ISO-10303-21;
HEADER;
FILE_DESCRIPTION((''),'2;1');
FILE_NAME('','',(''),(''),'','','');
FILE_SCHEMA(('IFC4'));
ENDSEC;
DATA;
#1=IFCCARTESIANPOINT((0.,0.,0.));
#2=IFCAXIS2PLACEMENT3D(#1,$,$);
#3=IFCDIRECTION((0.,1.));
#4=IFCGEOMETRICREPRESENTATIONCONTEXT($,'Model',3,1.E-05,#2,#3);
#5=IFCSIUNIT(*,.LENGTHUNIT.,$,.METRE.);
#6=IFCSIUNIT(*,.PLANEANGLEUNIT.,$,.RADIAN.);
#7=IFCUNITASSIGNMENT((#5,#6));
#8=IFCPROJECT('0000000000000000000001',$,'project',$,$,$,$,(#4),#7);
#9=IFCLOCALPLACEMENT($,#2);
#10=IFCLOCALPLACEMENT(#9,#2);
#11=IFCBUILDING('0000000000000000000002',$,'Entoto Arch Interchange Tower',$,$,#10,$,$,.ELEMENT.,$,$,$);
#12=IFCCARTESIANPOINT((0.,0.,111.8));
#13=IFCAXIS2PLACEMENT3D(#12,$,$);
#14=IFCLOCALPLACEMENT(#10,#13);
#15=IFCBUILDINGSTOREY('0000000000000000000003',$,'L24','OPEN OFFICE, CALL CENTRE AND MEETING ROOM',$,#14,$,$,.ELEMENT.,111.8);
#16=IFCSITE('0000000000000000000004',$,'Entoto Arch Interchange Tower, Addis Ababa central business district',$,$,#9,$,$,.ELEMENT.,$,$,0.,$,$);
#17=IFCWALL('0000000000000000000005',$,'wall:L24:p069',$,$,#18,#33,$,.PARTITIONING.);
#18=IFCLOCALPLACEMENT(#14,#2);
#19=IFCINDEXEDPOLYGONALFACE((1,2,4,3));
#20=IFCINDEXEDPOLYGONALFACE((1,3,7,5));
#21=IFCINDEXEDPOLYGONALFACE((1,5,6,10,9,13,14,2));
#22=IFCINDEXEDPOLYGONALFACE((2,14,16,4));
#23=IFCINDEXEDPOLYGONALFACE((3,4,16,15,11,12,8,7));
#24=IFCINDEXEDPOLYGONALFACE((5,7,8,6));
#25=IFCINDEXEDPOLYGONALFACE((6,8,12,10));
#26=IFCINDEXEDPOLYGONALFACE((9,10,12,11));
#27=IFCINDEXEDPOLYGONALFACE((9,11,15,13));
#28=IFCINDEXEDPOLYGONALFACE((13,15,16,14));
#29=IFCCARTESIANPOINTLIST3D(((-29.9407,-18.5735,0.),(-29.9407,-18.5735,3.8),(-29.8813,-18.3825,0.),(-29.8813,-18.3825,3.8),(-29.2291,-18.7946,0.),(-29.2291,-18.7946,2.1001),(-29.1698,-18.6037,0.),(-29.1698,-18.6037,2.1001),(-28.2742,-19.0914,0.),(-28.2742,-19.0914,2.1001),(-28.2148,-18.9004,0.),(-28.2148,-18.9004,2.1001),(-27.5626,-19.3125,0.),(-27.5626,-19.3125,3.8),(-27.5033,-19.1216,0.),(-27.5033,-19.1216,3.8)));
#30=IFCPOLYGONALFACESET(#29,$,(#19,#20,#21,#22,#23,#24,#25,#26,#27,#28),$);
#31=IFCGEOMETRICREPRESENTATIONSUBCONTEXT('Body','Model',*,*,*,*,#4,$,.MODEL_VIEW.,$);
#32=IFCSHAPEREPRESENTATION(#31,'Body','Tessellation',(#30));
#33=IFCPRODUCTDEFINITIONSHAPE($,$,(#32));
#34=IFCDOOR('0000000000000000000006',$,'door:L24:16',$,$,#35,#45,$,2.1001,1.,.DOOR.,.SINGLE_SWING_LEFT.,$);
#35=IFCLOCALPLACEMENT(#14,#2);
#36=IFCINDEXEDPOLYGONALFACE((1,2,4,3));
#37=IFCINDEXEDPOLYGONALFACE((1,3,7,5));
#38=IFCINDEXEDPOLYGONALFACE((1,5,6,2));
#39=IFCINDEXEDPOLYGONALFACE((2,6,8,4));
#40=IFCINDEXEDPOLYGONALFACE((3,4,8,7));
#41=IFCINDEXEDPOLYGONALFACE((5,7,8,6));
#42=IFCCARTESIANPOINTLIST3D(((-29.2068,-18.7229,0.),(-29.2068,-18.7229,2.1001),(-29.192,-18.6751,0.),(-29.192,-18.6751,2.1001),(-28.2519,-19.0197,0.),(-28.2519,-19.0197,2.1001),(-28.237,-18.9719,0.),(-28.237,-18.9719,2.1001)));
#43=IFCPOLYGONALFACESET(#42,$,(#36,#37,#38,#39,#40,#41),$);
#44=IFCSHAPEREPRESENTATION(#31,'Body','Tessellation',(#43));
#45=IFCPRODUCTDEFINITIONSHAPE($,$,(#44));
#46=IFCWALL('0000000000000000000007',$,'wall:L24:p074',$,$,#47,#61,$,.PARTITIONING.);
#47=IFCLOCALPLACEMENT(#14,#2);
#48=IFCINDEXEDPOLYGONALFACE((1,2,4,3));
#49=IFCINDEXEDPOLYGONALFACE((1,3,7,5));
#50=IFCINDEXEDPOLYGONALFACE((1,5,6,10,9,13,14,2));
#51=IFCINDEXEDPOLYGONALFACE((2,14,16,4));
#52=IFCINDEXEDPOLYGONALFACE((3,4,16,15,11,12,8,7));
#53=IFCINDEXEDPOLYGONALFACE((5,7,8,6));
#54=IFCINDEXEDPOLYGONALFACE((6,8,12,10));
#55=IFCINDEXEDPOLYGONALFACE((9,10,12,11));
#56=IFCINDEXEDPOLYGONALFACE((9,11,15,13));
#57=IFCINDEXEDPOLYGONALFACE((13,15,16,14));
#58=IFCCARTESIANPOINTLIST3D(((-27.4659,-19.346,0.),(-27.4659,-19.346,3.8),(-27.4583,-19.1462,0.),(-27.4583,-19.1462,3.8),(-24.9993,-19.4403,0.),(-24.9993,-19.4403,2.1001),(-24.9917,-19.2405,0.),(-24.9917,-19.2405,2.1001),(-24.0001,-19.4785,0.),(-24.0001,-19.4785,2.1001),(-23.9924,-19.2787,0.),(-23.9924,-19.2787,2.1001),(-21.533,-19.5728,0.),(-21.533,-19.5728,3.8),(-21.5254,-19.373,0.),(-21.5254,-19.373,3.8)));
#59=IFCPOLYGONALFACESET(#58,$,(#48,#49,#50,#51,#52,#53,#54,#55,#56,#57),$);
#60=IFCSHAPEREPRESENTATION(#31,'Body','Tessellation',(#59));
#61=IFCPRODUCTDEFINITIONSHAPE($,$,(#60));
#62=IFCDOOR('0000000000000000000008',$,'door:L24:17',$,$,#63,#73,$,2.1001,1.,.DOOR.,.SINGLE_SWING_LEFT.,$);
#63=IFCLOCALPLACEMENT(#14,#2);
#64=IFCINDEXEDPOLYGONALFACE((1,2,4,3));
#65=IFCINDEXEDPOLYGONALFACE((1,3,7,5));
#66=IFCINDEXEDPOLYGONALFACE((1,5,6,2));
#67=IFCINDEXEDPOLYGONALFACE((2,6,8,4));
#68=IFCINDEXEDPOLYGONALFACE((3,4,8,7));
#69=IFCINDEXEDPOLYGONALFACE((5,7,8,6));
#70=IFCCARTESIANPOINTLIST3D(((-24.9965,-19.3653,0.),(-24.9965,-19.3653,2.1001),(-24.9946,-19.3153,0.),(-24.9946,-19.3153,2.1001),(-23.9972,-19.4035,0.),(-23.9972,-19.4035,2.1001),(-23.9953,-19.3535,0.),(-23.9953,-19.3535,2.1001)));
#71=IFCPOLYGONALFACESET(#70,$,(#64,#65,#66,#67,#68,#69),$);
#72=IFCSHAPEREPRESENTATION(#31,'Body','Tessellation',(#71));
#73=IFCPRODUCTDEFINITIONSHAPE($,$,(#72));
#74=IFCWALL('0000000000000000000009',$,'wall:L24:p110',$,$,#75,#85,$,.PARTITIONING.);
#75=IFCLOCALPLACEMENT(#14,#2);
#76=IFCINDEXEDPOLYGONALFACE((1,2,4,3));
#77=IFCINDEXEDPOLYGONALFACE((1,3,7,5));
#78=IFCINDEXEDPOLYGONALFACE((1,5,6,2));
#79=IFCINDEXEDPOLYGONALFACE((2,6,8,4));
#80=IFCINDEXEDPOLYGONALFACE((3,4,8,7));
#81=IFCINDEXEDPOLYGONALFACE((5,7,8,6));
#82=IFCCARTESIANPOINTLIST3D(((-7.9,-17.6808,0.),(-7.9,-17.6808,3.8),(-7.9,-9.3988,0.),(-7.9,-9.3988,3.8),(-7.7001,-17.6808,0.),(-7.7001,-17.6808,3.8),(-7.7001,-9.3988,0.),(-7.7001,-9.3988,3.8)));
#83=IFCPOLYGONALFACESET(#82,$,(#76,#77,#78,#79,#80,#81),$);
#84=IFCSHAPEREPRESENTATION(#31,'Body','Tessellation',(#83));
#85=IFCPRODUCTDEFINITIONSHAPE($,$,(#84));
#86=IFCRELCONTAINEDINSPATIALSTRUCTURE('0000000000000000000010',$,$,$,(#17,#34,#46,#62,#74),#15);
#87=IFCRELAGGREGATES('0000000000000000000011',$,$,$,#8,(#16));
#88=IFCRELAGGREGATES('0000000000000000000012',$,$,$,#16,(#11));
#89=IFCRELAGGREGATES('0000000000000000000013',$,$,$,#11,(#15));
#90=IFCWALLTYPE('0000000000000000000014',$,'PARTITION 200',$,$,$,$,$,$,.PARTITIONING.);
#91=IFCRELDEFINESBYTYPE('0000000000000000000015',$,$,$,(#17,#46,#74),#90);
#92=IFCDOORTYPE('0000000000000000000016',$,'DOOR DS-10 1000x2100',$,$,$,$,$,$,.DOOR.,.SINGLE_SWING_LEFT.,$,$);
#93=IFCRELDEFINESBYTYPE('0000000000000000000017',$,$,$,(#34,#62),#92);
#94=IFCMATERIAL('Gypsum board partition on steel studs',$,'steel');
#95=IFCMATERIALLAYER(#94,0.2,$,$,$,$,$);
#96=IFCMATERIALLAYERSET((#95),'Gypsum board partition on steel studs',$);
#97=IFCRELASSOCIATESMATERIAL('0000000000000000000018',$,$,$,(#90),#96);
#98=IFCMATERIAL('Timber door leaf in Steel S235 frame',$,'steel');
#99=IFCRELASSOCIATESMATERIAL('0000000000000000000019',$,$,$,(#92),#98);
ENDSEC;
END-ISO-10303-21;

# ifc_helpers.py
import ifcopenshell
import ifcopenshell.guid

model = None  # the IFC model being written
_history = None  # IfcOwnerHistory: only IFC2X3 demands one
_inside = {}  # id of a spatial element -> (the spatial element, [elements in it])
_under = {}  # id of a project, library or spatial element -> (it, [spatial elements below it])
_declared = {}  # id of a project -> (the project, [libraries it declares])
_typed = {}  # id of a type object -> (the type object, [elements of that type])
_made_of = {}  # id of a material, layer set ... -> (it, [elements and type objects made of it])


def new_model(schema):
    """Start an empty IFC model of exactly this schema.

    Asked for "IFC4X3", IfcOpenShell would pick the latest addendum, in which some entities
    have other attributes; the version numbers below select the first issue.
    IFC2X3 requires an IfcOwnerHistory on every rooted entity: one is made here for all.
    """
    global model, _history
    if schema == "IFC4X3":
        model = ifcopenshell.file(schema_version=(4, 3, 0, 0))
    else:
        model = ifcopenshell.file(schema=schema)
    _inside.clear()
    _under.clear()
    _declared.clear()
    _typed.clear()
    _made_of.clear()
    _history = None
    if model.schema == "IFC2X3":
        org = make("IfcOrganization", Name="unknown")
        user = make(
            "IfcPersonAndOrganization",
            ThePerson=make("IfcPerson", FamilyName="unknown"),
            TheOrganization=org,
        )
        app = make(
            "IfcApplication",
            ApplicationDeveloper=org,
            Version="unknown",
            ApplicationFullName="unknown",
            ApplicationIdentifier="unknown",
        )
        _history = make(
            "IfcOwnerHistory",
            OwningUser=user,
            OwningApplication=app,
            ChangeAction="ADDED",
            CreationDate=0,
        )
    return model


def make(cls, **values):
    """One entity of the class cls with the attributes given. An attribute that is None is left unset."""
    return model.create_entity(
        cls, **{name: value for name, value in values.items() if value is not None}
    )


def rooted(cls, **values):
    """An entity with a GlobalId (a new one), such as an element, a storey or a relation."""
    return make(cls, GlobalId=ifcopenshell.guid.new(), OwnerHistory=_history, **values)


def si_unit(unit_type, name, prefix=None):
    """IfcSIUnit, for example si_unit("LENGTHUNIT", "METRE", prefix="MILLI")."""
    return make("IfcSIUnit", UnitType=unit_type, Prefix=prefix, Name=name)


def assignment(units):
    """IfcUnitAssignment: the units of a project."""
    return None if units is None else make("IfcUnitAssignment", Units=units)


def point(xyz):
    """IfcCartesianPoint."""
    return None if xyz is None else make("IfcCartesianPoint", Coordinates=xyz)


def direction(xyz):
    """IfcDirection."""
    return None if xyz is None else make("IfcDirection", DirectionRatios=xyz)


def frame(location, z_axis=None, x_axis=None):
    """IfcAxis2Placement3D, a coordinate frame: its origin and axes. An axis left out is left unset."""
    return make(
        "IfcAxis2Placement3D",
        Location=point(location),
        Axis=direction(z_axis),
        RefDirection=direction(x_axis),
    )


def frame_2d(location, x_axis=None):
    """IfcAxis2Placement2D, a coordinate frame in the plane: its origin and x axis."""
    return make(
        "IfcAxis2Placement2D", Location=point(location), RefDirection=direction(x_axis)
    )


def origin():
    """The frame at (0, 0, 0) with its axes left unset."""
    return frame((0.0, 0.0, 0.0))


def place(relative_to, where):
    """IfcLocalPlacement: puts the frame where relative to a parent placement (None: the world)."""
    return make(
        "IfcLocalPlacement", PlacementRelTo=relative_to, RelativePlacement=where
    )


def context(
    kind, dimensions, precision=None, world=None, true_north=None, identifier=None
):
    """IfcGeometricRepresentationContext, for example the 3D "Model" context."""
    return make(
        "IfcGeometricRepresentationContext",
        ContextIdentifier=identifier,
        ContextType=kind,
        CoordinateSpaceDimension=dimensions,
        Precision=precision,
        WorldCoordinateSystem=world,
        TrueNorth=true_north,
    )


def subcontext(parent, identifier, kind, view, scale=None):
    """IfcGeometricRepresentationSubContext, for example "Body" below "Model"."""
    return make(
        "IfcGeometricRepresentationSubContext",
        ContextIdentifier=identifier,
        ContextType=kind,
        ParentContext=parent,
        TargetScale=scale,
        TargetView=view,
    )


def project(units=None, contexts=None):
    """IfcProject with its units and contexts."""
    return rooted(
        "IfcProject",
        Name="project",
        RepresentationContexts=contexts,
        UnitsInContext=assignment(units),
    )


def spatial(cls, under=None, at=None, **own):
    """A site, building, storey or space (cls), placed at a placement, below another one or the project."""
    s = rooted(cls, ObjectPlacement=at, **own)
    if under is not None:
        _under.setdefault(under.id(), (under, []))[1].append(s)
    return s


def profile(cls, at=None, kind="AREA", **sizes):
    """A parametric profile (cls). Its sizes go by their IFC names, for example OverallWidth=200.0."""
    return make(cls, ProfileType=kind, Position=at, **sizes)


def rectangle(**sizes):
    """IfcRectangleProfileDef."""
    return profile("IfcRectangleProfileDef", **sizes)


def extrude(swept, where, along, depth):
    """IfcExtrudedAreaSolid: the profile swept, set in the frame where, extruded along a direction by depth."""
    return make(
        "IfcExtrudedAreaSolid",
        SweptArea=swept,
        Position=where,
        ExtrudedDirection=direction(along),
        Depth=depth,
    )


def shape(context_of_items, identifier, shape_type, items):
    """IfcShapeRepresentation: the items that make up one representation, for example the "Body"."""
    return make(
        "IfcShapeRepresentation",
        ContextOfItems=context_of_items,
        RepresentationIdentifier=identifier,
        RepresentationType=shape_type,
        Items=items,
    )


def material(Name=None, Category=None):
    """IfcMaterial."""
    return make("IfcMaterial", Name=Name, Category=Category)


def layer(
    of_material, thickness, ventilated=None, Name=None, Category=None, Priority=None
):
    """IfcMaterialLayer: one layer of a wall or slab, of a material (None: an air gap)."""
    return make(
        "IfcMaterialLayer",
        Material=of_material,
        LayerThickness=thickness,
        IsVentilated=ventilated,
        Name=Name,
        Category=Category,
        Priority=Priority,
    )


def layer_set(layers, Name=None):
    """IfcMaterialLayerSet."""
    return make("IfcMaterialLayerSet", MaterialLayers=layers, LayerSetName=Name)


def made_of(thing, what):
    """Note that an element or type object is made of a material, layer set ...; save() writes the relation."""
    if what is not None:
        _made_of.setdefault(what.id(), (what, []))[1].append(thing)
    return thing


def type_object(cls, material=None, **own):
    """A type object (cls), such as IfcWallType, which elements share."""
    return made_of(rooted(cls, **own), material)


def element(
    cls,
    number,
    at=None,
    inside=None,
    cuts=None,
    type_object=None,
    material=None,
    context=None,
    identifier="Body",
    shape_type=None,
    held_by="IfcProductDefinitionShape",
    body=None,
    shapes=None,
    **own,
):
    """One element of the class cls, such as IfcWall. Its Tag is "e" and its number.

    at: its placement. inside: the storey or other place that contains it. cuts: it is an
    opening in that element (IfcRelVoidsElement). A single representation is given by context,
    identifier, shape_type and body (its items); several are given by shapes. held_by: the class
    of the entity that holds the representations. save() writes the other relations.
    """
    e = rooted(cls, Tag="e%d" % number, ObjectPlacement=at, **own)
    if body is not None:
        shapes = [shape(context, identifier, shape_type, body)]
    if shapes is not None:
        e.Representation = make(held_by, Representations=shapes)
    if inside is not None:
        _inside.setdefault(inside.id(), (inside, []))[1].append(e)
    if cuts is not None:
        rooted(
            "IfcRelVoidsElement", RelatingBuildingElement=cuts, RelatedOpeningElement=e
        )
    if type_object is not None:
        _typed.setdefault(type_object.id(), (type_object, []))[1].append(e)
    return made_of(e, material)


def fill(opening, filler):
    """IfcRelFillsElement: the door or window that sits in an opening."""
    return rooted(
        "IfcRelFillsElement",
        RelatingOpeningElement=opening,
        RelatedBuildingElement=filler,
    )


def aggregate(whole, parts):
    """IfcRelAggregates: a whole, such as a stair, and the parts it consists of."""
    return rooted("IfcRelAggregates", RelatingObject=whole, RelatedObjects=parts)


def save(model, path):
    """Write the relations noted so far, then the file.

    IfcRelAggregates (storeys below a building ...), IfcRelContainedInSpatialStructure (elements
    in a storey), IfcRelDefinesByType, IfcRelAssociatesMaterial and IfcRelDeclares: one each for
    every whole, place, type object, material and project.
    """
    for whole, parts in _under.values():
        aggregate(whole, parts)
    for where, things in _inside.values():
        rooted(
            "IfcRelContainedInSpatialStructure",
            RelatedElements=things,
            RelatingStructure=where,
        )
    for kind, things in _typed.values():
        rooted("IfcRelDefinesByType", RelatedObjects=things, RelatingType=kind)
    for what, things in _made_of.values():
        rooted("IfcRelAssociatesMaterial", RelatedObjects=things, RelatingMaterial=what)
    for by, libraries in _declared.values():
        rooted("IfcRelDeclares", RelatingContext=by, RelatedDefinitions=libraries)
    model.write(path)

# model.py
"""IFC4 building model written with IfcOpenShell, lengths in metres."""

from ifc_helpers import new_model, si_unit, direction, frame, frame_2d, origin, place, context, subcontext, project, spatial, rectangle, extrude, material, layer, layer_set, type_object, element, fill, save


model = new_model("IFC4")

# Units and contexts
model_context = context("Model", 3, precision=1e-05, world=origin(), true_north=direction((0.0, 1.0)))
body_context = subcontext(model_context, "Body", "Model", "MODEL_VIEW")
ifc_project = project(units=[si_unit("LENGTHUNIT", "METRE"), si_unit("PLANEANGLEUNIT", "RADIAN")], contexts=[model_context])

# Site, building, storey
site_placement = place(None, origin())
site = spatial("IfcSite", under=ifc_project, at=site_placement, Name="Entoto Arch Interchange Tower, Addis Ababa central business district", CompositionType="ELEMENT", RefElevation=0.0)
building_placement = place(site_placement, origin())
building = spatial("IfcBuilding", under=site, at=building_placement, Name="Entoto Arch Interchange Tower", CompositionType="ELEMENT")
storey_placement = place(building_placement, frame((0.0, 0.0, 111.8)))
storey = spatial("IfcBuildingStorey", under=building, at=storey_placement, Name="L24", Description="OPEN OFFICE, CALL CENTRE AND MEETING ROOM", CompositionType="ELEMENT", Elevation=111.8)

# Shared definitions
ifc_material_1 = material(Name="Gypsum board partition on steel studs", Category="steel")

# Shared definitions
ifc_layer_1 = layer(ifc_material_1, 0.2)
ifc_layer_set_1 = layer_set([ifc_layer_1], Name="Gypsum board partition on steel studs")
wall_type_1 = type_object("IfcWallType", Name="PARTITION 200", PredefinedType="PARTITIONING", material=ifc_layer_set_1)
ifc_material_2 = material(Name="Timber door leaf in Steel S235 frame", Category="steel")

# Shared definitions
door_type_1 = type_object("IfcDoorType", Name="DOOR DS-10 1000x2100", OperationType="SINGLE_SWING_LEFT", PredefinedType="DOOR", material=ifc_material_2)

# Walls, openings, doors
wall_1_placement = place(storey_placement, frame((-27.533, -19.217, 0.0), z_axis=(0.0, 0.0, 1.0), x_axis=(-0.954946, 0.296778, 0.0)))
wall_1 = element("IfcWall", 1, at=wall_1_placement, inside=storey, type_object=wall_type_1, Name="wall:L24:p069", PredefinedType="PARTITIONING", context=body_context, shape_type="SweptSolid", body=[
    extrude(rectangle(XDim=2.4902, YDim=0.2, at=frame_2d((1.2451, 0.0))), origin(), (0.0, 0.0, 1.0), 3.8),
])
opening_1_placement = place(wall_1_placement, frame((0.7451, 0.0, 0.0)))
opening_1 = element("IfcOpeningElement", 2, at=opening_1_placement, cuts=wall_1, PredefinedType="OPENING", context=body_context, shape_type="SweptSolid", body=[
    extrude(rectangle(XDim=1.0, YDim=2.1001, at=frame_2d((0.5, 1.05))), frame((0.0, 0.1099, 0.0), z_axis=(0.0, -1.0, 0.0), x_axis=(1.0, 0.0, 0.0)), (0.0, 0.0, 1.0), 0.22),
])
door_1_placement = place(opening_1_placement, origin())
door_1 = element("IfcDoor", 3, at=door_1_placement, inside=storey, type_object=door_type_1, Name="door:L24:16", OperationType="SINGLE_SWING_LEFT", OverallHeight=2.1001, OverallWidth=1.0, PredefinedType="DOOR", context=body_context, shape_type="SweptSolid", body=[
    extrude(rectangle(XDim=1.0, YDim=2.1001, at=frame_2d((0.5, 1.05))), frame((0.0, 0.0249, 0.0), z_axis=(0.0, -1.0, 0.0), x_axis=(1.0, 0.0, 0.0)), (0.0, 0.0, 1.0), 0.05),
])
fill(opening_1, door_1)
wall_2_placement = place(storey_placement, frame((-21.5291, -19.4729, 0.0), z_axis=(0.0, 0.0, 1.0), x_axis=(-0.99927, 0.038201, 0.0)))
wall_2 = element("IfcWall", 4, at=wall_2_placement, inside=storey, type_object=wall_type_1, Name="wall:L24:p074", PredefinedType="PARTITIONING", context=body_context, shape_type="SweptSolid", body=[
    extrude(rectangle(XDim=5.9373, YDim=0.2, at=frame_2d((2.9688, 0.0))), origin(), (0.0, 0.0, 1.0), 3.8),
])
opening_2_placement = place(wall_2_placement, frame((2.469, 0.0, 0.0)))
opening_2 = element("IfcOpeningElement", 5, at=opening_2_placement, cuts=wall_2, PredefinedType="OPENING", context=body_context, shape_type="SweptSolid", body=[
    extrude(rectangle(XDim=1.0, YDim=2.1001, at=frame_2d((0.5, 1.05))), frame((0.0, 0.1099, 0.0), z_axis=(0.0, -1.0, 0.0), x_axis=(1.0, 0.0, 0.0)), (0.0, 0.0, 1.0), 0.22),
])
door_2_placement = place(opening_2_placement, origin())
door_2 = element("IfcDoor", 6, at=door_2_placement, inside=storey, type_object=door_type_1, Name="door:L24:17", OperationType="SINGLE_SWING_LEFT", OverallHeight=2.1001, OverallWidth=1.0, PredefinedType="DOOR", context=body_context, shape_type="SweptSolid", body=[
    extrude(rectangle(XDim=1.0, YDim=2.1001, at=frame_2d((0.5, 1.05))), frame((0.0, 0.0249, 0.0), z_axis=(0.0, -1.0, 0.0), x_axis=(1.0, 0.0, 0.0)), (0.0, 0.0, 1.0), 0.05),
])
fill(opening_2, door_2)

# Wall
wall_3_placement = place(storey_placement, frame((-7.8, -17.6809, 0.0), z_axis=(0.0, 0.0, 1.0), x_axis=(0.0, 1.0, 0.0)))
element("IfcWall", 7, at=wall_3_placement, inside=storey, type_object=wall_type_1, Name="wall:L24:p110", PredefinedType="PARTITIONING", context=body_context, shape_type="SweptSolid", body=[
    extrude(rectangle(XDim=8.282, YDim=0.2, at=frame_2d((4.1411, 0.0))), origin(), (0.0, 0.0, 1.0), 3.8),
])

save(model, "model.ifc")
